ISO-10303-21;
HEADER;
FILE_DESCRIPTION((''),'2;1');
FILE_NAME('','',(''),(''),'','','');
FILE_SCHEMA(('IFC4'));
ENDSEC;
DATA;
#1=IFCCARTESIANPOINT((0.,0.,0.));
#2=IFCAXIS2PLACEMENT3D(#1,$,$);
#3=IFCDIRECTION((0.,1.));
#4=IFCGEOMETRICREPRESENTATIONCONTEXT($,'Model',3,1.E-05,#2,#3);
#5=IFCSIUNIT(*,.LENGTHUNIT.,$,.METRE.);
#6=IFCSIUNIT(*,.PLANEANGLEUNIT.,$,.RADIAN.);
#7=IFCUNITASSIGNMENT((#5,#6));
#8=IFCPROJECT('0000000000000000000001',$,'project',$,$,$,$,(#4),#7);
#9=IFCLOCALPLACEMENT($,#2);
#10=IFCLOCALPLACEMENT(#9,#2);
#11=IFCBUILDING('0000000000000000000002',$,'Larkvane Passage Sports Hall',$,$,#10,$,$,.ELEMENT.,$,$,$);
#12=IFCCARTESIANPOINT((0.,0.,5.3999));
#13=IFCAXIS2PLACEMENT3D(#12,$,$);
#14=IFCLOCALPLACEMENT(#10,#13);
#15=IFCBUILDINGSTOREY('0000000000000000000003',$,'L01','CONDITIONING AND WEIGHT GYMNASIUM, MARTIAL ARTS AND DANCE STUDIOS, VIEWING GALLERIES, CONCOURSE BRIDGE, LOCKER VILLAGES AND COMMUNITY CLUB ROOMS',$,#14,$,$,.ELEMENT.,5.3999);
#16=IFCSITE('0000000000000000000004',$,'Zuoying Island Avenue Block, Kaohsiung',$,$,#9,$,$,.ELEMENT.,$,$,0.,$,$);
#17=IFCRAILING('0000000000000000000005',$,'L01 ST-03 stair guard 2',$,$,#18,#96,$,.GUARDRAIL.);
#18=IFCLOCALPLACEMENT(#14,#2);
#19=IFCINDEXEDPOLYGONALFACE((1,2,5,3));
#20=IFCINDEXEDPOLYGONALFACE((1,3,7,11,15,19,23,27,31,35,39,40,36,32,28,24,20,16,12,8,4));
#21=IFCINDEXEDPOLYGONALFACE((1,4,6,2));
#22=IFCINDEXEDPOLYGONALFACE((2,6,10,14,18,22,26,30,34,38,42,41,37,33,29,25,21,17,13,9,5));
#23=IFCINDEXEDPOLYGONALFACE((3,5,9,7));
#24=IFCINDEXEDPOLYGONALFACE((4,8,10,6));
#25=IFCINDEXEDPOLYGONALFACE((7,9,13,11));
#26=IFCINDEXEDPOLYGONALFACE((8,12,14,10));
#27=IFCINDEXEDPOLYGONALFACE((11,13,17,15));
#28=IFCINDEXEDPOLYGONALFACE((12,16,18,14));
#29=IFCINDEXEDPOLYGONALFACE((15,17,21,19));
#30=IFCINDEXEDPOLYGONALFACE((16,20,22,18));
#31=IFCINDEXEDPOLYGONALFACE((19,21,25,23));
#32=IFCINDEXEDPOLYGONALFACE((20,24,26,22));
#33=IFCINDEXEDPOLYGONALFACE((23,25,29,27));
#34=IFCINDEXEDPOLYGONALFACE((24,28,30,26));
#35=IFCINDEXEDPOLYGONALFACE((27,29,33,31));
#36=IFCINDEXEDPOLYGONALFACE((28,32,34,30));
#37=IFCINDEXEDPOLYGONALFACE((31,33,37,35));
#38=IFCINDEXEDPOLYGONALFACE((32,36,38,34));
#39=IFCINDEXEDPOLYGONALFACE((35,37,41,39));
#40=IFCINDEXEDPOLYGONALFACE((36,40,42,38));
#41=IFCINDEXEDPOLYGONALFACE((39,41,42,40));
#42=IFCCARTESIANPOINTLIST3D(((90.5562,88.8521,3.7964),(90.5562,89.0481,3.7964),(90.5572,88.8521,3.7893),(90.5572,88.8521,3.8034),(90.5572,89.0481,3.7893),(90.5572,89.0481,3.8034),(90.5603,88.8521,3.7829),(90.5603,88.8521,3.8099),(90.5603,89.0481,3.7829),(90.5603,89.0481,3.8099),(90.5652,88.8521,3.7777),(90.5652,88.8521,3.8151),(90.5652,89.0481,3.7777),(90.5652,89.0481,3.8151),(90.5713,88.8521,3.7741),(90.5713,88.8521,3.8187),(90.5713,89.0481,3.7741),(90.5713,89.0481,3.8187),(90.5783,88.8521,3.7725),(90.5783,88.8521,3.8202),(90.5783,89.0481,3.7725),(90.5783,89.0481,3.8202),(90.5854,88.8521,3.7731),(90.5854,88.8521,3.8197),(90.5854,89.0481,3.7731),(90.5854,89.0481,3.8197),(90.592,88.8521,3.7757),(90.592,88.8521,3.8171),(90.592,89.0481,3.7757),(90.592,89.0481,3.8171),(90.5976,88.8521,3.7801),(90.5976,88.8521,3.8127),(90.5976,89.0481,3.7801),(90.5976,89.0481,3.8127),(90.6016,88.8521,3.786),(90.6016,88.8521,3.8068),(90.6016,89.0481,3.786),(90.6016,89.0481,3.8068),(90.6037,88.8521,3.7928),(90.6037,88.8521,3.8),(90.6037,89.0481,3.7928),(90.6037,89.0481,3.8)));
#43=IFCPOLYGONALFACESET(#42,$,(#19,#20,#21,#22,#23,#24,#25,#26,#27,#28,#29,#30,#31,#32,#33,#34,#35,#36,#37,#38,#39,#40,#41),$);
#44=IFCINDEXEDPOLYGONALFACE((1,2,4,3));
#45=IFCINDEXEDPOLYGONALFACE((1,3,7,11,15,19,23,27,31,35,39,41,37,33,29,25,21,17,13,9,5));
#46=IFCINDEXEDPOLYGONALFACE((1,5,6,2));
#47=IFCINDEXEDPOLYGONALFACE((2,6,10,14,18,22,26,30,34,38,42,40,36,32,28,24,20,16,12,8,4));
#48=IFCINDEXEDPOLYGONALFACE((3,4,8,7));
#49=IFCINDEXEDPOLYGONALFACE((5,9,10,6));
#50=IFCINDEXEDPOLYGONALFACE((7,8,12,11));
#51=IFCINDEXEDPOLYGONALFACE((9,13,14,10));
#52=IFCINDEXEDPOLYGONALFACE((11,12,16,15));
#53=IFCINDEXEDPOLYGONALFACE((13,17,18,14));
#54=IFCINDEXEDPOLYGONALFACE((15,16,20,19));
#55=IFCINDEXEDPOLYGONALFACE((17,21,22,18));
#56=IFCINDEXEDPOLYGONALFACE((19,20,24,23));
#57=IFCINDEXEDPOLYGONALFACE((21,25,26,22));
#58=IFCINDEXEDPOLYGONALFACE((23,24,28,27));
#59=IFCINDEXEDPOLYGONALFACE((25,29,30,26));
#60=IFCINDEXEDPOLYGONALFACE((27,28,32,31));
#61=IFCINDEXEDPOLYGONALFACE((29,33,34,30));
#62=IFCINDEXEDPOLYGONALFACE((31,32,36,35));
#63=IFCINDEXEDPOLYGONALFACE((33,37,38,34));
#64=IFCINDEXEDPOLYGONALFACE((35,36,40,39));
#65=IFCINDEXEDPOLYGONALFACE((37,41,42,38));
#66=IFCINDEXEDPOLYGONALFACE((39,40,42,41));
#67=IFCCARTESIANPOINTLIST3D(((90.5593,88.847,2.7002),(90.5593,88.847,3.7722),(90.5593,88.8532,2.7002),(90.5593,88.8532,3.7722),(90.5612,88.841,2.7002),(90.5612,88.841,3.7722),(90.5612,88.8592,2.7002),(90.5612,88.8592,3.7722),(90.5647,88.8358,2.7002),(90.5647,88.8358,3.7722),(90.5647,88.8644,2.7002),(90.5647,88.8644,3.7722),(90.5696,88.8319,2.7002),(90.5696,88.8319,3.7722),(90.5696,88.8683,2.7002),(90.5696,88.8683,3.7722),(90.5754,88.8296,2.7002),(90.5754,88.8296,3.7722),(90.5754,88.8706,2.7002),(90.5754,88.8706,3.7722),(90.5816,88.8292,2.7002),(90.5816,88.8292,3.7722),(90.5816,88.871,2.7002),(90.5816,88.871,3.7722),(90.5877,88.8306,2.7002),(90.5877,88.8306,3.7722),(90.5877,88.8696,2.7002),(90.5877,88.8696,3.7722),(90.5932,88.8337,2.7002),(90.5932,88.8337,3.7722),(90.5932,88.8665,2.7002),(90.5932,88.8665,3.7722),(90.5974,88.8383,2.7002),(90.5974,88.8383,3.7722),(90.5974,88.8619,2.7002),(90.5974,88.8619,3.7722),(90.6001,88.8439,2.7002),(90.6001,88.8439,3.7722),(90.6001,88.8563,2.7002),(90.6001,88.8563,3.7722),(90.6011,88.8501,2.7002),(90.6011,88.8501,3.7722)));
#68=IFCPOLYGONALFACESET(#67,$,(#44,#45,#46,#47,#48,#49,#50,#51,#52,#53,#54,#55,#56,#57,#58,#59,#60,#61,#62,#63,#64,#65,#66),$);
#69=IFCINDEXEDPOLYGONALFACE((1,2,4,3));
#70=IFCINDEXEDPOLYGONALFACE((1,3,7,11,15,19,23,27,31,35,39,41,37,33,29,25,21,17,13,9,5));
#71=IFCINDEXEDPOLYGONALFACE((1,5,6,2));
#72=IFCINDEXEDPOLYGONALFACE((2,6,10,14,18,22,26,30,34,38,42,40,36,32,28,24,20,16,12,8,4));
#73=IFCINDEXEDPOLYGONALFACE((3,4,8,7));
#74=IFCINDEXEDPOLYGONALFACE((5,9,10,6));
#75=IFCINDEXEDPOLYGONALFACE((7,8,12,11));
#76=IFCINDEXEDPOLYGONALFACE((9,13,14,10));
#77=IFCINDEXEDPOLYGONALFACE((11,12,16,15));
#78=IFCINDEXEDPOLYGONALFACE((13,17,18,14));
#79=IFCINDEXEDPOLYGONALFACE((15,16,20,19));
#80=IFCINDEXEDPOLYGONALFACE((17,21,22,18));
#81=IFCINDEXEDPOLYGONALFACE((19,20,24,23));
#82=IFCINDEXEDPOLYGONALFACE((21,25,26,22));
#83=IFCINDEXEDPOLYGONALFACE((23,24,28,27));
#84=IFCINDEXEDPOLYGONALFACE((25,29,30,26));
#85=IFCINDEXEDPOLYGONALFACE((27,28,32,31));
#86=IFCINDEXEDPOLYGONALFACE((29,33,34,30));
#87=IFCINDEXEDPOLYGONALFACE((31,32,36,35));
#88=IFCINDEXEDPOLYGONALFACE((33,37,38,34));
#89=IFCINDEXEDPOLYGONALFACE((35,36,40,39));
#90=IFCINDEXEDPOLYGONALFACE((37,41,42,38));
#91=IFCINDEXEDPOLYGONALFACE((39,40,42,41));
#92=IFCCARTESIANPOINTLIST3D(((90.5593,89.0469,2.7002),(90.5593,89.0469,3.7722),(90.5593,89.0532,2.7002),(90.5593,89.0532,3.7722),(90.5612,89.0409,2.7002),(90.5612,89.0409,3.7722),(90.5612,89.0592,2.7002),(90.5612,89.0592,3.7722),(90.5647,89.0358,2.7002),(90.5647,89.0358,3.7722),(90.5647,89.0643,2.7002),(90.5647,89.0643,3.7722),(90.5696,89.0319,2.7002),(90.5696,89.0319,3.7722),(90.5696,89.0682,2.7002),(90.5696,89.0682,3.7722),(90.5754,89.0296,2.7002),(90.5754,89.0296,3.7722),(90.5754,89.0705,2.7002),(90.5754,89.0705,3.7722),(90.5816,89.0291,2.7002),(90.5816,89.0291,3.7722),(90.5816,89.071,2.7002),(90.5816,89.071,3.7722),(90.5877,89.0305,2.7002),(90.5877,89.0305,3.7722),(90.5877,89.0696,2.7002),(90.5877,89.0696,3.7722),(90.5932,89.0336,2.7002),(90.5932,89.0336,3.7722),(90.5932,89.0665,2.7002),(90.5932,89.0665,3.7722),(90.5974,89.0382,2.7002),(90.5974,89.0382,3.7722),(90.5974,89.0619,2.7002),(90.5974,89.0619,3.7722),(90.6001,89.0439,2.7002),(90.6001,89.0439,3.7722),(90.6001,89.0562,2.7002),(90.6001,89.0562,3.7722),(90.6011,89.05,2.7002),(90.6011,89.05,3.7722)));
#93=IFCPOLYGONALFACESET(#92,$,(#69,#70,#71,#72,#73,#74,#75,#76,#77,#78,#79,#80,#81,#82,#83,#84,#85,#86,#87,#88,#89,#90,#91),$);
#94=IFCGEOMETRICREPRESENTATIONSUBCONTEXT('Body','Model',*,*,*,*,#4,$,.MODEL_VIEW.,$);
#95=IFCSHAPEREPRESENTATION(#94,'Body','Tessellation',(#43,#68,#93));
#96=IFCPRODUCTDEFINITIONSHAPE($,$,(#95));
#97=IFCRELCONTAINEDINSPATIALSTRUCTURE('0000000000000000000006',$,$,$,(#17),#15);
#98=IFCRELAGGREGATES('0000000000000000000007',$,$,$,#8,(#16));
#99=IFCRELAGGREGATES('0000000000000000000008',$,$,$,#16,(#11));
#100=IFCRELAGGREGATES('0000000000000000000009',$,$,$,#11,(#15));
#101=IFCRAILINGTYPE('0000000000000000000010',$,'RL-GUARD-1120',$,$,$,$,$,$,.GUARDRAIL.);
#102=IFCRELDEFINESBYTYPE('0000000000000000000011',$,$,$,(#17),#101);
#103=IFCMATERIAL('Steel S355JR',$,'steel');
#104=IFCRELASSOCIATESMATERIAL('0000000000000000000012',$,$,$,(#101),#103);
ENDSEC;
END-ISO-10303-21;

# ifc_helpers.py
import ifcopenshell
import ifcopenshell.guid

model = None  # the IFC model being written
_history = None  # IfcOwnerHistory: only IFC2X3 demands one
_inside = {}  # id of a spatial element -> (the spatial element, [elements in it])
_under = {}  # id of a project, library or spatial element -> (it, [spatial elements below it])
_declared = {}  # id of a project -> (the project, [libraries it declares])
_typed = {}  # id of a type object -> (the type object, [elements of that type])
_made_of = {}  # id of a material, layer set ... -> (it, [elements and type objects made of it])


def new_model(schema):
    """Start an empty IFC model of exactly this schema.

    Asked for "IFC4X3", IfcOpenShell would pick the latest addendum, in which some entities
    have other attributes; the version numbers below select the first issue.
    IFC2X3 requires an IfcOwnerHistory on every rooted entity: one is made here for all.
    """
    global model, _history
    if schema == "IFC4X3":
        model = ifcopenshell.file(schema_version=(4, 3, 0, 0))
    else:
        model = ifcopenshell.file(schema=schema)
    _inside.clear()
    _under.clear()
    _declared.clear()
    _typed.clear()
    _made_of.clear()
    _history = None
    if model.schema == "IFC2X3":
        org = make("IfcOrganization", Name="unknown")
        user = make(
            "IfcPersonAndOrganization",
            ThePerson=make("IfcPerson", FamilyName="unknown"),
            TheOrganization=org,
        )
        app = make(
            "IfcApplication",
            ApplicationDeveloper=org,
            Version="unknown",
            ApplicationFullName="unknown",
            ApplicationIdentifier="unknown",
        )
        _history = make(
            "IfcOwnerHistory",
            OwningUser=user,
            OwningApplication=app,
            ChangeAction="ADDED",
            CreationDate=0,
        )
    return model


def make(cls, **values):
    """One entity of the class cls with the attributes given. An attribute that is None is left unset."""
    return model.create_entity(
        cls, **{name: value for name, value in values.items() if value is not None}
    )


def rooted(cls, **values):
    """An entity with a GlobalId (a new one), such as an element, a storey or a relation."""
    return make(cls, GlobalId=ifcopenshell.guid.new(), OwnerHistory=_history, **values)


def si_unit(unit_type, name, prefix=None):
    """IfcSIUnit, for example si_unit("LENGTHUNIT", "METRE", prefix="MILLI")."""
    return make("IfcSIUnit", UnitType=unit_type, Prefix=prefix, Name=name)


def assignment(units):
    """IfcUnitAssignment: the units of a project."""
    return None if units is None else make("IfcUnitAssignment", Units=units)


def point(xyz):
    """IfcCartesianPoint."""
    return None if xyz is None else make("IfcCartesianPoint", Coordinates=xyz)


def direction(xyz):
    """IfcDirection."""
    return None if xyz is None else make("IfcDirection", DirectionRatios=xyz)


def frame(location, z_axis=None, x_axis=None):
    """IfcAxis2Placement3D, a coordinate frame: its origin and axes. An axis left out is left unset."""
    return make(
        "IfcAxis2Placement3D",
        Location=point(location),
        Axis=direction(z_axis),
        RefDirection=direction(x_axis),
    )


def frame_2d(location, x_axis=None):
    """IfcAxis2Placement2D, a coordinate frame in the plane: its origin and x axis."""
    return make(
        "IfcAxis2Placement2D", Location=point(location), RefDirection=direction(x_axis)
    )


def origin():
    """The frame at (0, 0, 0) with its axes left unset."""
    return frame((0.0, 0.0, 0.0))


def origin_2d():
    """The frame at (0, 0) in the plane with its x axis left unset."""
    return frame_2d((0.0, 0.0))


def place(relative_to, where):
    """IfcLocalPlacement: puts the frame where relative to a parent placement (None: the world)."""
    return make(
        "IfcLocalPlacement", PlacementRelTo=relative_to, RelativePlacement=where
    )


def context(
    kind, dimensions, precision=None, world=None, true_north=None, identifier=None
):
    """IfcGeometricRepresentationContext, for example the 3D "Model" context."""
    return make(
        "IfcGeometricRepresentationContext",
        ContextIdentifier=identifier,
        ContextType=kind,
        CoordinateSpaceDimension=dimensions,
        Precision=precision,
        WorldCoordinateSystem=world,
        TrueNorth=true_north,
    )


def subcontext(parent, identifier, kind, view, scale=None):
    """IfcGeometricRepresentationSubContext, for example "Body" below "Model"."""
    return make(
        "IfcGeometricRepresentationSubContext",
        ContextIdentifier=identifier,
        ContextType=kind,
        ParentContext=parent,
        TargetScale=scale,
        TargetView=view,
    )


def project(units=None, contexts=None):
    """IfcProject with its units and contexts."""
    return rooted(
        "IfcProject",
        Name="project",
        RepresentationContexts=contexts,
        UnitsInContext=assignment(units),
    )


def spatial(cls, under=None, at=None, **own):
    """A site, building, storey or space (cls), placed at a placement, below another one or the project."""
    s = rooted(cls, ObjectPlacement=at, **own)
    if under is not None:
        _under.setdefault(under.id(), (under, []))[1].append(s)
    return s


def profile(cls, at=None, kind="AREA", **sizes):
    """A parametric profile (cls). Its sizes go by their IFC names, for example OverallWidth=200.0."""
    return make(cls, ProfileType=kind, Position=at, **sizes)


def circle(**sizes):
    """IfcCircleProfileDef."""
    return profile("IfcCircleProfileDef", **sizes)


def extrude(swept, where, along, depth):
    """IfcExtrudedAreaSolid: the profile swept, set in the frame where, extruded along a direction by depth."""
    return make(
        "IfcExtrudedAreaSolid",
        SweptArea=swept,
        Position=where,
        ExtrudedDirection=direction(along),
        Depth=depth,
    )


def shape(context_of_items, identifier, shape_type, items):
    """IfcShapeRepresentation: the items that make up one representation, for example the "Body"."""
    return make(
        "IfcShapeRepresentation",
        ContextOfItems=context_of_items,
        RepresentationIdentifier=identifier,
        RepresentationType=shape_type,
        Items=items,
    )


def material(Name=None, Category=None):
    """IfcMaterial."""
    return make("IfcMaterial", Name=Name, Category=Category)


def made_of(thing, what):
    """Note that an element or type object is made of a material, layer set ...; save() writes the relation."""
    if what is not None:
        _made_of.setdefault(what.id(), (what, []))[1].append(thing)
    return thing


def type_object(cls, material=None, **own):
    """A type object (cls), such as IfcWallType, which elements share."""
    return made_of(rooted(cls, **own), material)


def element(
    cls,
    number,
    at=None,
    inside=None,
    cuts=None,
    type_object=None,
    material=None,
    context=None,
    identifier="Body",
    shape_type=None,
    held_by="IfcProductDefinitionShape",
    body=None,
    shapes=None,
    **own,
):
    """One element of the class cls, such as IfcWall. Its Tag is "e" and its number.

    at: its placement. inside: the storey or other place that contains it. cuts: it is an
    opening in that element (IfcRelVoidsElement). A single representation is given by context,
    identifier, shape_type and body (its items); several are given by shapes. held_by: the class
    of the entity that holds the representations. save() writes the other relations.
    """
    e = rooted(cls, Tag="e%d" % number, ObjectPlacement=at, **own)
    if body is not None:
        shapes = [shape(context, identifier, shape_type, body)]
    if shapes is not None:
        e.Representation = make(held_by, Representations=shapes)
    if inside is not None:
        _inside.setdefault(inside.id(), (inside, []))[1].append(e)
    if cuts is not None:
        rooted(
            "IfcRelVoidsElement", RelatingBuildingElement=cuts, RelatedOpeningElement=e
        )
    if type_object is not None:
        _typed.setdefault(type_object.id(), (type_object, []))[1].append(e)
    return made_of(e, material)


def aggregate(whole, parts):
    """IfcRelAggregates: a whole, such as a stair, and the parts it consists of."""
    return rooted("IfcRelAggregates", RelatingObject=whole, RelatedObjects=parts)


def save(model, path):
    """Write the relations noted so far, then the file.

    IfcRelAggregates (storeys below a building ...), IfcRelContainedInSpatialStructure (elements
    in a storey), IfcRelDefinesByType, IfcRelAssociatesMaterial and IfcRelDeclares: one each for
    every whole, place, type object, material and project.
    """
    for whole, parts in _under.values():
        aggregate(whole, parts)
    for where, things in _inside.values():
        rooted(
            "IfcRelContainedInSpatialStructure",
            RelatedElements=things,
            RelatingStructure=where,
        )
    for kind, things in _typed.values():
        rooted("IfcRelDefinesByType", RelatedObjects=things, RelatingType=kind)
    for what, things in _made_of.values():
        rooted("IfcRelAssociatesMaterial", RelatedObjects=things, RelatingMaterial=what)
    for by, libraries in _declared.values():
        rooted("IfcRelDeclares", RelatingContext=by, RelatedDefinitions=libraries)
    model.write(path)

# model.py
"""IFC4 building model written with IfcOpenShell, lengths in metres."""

from ifc_helpers import new_model, si_unit, direction, frame, origin, origin_2d, place, context, subcontext, project, spatial, circle, extrude, material, type_object, element, save


model = new_model("IFC4")

# Units and contexts
model_context = context("Model", 3, precision=1e-05, world=origin(), true_north=direction((0.0, 1.0)))
body_context = subcontext(model_context, "Body", "Model", "MODEL_VIEW")
ifc_project = project(units=[si_unit("LENGTHUNIT", "METRE"), si_unit("PLANEANGLEUNIT", "RADIAN")], contexts=[model_context])

# Site, building, storey
site_placement = place(None, origin())
site = spatial("IfcSite", under=ifc_project, at=site_placement, Name="Zuoying Island Avenue Block, Kaohsiung", CompositionType="ELEMENT", RefElevation=0.0)
building_placement = place(site_placement, origin())
building = spatial("IfcBuilding", under=site, at=building_placement, Name="Larkvane Passage Sports Hall", CompositionType="ELEMENT")
storey_placement = place(building_placement, frame((0.0, 0.0, 5.3999)))
storey = spatial("IfcBuildingStorey", under=building, at=storey_placement, Name="L01", Description="CONDITIONING AND WEIGHT GYMNASIUM, MARTIAL ARTS AND DANCE STUDIOS, VIEWING GALLERIES, CONCOURSE BRIDGE, LOCKER VILLAGES AND COMMUNITY CLUB ROOMS", CompositionType="ELEMENT", Elevation=5.3999)

# Shared definitions
ifc_material_1 = material(Name="Steel S355JR", Category="steel")

# Railing
railing_type_1 = type_object("IfcRailingType", Name="RL-GUARD-1120", PredefinedType="GUARDRAIL", material=ifc_material_1)
railing_1_placement = place(storey_placement, frame((90.5801, 88.8501, 2.7002)))
element("IfcRailing", 1, at=railing_1_placement, inside=storey, type_object=railing_type_1, Name="L01 ST-03 stair guard 2", PredefinedType="GUARDRAIL", context=body_context, shape_type="SweptSolid", body=[
    extrude(circle(Radius=0.0239, at=origin_2d()), frame((0.0, 0.002, 1.0962), z_axis=(0.0, 1.0, 0.0), x_axis=(-1.0, 0.0, 0.0)), (0.0, 0.0, 1.0), 0.196),
    extrude(circle(Radius=0.021, at=origin_2d()), origin(), (0.0, 0.0, 1.0), 1.072),
    extrude(circle(Radius=0.021, at=origin_2d()), frame((0.0, 0.2, 0.0)), (0.0, 0.0, 1.0), 1.072),
])

save(model, "model.ifc")
